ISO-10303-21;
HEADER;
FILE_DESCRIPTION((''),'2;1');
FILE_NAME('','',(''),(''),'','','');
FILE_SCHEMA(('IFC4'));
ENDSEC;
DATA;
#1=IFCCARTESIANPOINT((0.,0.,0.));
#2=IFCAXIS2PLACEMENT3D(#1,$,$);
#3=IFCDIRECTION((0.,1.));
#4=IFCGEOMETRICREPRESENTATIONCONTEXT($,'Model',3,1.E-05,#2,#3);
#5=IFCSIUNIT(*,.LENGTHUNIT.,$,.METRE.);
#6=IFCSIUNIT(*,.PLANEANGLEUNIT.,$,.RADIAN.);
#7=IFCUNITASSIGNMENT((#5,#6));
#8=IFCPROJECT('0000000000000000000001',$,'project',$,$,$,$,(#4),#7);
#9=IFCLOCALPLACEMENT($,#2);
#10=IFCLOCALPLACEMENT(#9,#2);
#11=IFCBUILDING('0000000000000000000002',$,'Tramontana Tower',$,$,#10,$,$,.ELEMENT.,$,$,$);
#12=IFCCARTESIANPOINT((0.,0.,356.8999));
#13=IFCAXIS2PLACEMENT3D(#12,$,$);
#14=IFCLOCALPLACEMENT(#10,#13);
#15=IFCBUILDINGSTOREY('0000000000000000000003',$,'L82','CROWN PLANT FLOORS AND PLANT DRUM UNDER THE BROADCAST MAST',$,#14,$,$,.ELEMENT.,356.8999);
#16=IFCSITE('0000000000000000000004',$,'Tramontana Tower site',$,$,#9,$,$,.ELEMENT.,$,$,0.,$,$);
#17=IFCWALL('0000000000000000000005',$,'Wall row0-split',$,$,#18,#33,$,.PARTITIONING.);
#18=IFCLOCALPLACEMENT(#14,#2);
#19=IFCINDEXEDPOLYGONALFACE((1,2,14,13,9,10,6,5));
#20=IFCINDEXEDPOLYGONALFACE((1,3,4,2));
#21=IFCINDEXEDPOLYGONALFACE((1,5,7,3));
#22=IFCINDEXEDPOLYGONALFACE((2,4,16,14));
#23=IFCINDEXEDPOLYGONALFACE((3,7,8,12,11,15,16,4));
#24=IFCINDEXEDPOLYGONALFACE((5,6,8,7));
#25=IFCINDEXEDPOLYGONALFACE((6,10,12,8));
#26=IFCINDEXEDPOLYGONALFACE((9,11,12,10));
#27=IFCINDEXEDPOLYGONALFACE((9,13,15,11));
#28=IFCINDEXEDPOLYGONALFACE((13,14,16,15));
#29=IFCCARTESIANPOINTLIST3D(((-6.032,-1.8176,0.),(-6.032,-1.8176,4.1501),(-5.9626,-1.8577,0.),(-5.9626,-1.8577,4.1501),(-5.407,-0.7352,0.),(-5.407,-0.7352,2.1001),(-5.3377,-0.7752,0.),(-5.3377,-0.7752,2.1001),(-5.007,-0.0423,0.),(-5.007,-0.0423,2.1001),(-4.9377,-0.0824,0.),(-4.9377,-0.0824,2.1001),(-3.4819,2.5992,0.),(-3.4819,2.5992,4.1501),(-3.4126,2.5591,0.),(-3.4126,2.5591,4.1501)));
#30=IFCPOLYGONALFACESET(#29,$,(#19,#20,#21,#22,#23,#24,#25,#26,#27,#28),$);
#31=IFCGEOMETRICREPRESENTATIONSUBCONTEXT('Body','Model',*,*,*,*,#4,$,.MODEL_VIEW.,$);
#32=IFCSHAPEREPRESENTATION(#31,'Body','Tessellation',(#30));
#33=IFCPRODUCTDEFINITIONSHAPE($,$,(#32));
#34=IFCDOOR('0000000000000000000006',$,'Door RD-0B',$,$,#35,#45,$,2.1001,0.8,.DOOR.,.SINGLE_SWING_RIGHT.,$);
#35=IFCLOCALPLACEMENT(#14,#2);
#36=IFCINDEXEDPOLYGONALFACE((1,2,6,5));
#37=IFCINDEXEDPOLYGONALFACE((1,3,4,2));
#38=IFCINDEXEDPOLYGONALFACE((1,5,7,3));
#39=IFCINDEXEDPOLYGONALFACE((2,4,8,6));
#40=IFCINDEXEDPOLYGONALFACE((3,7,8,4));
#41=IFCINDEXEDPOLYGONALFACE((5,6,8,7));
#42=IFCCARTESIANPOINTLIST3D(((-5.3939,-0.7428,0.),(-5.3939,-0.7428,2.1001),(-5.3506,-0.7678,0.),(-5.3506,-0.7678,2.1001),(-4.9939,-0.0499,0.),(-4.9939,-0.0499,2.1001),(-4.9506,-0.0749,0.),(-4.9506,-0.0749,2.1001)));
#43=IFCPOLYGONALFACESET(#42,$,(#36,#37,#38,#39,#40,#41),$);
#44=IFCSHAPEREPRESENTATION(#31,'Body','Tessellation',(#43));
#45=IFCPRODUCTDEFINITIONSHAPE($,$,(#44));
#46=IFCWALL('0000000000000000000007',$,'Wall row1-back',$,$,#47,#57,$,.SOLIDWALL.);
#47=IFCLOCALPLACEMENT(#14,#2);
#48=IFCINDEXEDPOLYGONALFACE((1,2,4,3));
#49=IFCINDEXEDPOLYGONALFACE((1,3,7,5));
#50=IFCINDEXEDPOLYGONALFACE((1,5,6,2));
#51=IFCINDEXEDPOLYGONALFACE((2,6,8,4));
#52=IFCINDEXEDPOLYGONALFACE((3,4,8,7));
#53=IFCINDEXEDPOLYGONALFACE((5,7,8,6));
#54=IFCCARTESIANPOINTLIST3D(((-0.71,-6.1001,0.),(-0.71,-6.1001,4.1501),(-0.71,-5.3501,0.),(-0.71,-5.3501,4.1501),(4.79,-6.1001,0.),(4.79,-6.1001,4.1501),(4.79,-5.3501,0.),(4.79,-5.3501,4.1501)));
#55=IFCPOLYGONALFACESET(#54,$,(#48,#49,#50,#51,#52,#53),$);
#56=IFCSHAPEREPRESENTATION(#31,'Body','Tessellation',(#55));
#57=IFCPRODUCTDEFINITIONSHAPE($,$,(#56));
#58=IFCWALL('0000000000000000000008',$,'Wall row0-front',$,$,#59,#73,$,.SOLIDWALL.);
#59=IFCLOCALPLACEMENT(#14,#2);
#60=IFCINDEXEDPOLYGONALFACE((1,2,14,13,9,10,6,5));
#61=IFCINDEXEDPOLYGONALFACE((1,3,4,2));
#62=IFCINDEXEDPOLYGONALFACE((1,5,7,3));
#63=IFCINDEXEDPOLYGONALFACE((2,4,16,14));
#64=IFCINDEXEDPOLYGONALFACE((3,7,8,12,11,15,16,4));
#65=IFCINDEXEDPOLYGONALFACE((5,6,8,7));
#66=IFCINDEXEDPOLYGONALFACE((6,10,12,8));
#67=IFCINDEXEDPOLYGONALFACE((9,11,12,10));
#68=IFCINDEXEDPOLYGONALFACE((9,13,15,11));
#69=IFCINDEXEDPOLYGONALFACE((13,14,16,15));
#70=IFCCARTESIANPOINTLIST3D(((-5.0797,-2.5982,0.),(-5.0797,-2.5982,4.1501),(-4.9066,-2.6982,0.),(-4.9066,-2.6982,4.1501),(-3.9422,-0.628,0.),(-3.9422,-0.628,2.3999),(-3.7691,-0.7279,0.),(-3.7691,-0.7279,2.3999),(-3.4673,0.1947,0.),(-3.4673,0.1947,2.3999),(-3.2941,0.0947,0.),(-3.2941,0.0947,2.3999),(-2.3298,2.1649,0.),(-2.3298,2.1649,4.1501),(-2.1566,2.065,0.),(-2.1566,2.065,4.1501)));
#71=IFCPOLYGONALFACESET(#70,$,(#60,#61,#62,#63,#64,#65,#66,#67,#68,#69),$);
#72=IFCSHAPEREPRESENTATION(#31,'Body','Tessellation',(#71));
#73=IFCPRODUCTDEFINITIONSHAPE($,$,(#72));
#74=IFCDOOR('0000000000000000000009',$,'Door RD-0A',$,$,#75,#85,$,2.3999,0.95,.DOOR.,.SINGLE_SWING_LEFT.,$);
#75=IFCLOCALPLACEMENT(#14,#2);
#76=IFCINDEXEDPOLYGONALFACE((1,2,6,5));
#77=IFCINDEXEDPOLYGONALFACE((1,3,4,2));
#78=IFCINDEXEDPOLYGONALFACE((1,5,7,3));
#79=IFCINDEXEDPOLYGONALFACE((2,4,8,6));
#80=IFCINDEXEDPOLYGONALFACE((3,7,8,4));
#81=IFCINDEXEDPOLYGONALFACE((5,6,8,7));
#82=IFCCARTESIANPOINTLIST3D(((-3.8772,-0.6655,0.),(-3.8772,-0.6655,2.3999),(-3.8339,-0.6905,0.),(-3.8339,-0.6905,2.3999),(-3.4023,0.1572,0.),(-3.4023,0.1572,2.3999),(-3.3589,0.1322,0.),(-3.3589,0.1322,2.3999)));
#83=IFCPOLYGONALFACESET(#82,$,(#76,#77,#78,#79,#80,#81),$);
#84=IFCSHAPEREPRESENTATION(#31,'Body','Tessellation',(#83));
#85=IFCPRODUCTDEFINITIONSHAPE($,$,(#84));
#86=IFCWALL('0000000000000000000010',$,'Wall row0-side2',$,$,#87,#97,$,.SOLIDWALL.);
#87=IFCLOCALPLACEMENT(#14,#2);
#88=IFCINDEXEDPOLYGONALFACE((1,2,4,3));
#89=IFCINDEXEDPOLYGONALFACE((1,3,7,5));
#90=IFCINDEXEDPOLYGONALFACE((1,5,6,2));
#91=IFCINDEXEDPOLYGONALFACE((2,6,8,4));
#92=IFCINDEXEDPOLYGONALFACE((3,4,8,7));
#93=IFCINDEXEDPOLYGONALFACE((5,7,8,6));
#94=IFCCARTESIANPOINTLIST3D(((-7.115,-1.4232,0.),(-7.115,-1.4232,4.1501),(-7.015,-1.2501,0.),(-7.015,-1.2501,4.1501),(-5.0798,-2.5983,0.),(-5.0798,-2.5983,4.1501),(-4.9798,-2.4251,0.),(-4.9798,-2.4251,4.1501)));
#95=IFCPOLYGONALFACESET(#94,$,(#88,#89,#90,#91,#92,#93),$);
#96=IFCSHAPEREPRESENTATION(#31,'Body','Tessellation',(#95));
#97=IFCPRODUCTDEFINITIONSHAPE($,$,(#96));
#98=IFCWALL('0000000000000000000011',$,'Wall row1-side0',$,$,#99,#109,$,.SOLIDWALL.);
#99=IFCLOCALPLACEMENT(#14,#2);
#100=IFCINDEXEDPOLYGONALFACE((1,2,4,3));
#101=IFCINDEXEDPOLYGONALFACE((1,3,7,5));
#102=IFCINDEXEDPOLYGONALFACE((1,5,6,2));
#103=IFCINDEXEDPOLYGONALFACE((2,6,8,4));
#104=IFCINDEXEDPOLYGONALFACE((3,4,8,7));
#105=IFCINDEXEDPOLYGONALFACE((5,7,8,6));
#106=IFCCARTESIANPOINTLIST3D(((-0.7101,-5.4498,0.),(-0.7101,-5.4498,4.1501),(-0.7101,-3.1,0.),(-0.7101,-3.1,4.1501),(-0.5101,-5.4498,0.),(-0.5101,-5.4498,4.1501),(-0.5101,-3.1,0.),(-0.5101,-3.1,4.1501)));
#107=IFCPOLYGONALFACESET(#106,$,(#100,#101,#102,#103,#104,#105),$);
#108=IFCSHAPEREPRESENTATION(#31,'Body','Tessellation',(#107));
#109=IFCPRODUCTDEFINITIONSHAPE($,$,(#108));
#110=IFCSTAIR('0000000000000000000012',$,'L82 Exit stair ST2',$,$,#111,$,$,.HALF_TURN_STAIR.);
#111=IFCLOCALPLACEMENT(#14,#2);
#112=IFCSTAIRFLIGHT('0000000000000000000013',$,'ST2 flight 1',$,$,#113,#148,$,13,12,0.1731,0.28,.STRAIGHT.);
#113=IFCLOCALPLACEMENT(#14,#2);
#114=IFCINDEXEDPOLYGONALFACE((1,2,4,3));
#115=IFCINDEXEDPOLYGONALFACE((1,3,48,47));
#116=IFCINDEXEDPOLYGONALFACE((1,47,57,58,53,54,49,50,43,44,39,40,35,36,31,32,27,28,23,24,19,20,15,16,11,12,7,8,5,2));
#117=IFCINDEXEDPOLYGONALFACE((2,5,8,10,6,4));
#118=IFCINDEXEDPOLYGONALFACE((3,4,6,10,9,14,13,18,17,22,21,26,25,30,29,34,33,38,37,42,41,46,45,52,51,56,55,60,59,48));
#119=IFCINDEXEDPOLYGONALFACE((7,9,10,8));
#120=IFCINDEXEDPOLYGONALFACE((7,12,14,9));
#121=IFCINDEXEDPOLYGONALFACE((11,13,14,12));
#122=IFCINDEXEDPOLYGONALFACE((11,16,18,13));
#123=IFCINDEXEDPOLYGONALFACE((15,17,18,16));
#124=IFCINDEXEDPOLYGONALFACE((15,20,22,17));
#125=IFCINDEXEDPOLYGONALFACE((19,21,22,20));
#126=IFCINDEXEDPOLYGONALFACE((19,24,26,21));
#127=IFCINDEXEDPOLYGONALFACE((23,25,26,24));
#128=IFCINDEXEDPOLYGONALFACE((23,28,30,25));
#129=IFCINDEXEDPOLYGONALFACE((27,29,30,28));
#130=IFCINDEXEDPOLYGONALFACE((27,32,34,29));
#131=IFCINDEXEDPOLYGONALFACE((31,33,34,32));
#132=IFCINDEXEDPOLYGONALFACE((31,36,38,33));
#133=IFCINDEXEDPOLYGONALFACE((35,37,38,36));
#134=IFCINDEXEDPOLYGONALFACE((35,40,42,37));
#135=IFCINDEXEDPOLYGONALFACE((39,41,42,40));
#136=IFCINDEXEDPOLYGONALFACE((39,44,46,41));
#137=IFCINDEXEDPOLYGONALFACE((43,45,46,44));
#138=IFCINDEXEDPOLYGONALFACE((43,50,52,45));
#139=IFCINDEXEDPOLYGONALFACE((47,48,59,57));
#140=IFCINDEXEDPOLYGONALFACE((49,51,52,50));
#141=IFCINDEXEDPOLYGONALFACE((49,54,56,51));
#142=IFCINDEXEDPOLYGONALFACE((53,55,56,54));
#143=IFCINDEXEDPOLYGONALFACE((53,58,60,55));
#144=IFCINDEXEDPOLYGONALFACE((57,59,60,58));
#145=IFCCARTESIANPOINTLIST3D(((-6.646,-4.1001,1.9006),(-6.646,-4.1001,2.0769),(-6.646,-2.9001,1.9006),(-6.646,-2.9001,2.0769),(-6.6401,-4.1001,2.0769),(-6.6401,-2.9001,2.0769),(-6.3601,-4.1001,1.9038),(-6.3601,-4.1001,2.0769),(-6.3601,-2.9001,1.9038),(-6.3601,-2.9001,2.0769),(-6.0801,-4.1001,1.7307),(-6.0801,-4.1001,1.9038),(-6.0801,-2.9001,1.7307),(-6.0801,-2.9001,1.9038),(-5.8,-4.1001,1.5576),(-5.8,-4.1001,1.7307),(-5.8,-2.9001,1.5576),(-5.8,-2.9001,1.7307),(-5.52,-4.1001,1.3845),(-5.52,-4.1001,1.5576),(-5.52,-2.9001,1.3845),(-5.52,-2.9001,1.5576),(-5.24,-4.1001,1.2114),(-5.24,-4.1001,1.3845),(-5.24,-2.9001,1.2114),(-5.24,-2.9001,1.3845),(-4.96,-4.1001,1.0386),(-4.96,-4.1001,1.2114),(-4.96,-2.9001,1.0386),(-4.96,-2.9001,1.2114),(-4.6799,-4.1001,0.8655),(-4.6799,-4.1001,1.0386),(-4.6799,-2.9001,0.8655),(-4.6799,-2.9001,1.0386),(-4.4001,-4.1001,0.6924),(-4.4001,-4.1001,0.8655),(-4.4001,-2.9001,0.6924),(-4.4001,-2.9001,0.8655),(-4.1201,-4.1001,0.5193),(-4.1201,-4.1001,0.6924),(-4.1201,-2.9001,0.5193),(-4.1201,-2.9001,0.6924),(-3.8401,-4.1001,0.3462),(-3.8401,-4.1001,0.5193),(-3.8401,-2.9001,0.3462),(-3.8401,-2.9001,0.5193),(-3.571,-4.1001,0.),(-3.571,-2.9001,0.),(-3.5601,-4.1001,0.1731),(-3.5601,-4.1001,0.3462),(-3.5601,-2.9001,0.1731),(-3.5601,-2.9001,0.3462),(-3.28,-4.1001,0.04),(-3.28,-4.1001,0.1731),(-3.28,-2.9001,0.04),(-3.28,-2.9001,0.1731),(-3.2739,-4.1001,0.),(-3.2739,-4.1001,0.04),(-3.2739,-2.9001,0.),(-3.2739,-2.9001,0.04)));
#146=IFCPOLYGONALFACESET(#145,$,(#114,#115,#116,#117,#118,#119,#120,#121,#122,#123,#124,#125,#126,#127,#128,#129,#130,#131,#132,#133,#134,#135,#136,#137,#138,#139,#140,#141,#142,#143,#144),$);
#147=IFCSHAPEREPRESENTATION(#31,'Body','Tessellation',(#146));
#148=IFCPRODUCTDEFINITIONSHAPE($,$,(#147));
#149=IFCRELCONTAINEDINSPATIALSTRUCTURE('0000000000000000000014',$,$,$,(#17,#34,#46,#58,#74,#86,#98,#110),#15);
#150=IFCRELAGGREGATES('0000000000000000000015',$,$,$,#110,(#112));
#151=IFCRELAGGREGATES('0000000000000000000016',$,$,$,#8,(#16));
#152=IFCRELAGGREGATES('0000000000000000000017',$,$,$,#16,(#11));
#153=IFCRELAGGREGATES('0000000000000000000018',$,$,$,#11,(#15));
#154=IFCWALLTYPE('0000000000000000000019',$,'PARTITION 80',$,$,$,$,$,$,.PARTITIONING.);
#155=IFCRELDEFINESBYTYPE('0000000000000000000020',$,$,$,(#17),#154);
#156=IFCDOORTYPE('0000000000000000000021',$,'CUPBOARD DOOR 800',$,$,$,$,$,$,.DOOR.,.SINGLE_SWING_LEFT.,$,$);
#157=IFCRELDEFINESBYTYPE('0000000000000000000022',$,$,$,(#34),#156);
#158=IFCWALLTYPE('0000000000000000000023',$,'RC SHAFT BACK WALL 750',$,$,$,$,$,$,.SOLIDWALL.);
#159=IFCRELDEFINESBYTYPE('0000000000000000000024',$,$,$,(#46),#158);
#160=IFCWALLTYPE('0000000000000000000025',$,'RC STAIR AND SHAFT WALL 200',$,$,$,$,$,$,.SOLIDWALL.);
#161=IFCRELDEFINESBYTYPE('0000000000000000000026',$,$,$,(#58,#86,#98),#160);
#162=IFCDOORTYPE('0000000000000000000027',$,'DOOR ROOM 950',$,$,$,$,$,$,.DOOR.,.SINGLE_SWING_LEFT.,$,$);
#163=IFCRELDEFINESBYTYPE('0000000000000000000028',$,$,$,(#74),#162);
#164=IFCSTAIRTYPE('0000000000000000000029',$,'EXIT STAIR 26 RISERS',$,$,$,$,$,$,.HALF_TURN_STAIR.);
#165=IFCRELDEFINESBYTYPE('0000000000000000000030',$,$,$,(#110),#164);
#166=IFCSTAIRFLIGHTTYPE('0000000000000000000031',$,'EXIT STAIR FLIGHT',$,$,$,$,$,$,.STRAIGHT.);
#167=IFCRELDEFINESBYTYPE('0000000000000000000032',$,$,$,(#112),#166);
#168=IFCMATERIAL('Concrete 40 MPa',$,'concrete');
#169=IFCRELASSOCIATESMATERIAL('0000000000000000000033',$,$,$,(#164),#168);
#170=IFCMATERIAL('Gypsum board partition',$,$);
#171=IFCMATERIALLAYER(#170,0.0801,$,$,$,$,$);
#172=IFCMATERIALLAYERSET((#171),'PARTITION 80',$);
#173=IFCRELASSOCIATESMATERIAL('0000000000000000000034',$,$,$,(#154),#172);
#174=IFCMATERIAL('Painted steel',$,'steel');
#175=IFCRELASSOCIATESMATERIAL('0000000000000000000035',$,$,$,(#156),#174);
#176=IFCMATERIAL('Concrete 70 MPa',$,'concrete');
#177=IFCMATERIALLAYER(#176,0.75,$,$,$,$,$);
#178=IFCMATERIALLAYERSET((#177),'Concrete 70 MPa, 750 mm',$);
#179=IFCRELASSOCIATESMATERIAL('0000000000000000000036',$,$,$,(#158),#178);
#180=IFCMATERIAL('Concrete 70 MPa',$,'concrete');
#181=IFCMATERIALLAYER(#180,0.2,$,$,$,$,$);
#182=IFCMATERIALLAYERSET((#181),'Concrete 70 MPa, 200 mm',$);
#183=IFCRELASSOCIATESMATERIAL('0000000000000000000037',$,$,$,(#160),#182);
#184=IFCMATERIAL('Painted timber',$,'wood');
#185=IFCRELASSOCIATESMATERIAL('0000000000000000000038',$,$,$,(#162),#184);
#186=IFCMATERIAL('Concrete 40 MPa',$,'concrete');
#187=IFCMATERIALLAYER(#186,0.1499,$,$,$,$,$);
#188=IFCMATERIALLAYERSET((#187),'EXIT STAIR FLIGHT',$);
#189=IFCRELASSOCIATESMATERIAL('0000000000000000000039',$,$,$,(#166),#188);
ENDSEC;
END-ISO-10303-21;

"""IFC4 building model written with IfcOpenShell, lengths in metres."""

from ifc_helpers import new_model, si_unit, direction, frame, frame_2d, origin, place, context, subcontext, project, spatial, polyline, rectangle, outline, extrude, material, layer, layer_set, type_object, element, fill, aggregate, save


model = new_model("IFC4")

# Units and contexts
model_context = context("Model", 3, precision=1e-05, world=origin(), true_north=direction((0.0, 1.0)))
body_context = subcontext(model_context, "Body", "Model", "MODEL_VIEW")
ifc_project = project(units=[si_unit("LENGTHUNIT", "METRE"), si_unit("PLANEANGLEUNIT", "RADIAN")], contexts=[model_context])

# Site, building, storey
site_placement = place(None, origin())
site = spatial("IfcSite", under=ifc_project, at=site_placement, Name="Tramontana Tower site", CompositionType="ELEMENT", RefElevation=0.0)
building_placement = place(site_placement, origin())
building = spatial("IfcBuilding", under=site, at=building_placement, Name="Tramontana Tower", CompositionType="ELEMENT")
storey_placement = place(building_placement, frame((0.0, 0.0, 356.8999)))
storey = spatial("IfcBuildingStorey", under=building, at=storey_placement, Name="L82", Description="CROWN PLANT FLOORS AND PLANT DRUM UNDER THE BROADCAST MAST", CompositionType="ELEMENT", Elevation=356.8999)

# Shared definitions
ifc_material_1 = material(Name="Concrete 40 MPa", Category="concrete")
stair_type = type_object("IfcStairType", Name="EXIT STAIR 26 RISERS", PredefinedType="HALF_TURN_STAIR", material=ifc_material_1)

# Wall, opening, door
ifc_material_2 = material(Name="Gypsum board partition")
ifc_layer_1 = layer(ifc_material_2, 0.0801)
ifc_layer_set_1 = layer_set([ifc_layer_1], Name="PARTITION 80")
wall_type_1 = type_object("IfcWallType", Name="PARTITION 80", PredefinedType="PARTITIONING", material=ifc_layer_set_1)
wall_1_placement = place(storey_placement, frame((-5.9973, -1.8376, 0.0), z_axis=(0.0, 0.0, 1.0), x_axis=(0.500006, 0.866022, 0.0)))
wall_1 = element("IfcWall", 1, at=wall_1_placement, inside=storey, type_object=wall_type_1, Name="Wall row0-split", PredefinedType="PARTITIONING", context=body_context, shape_type="SweptSolid", body=[
    extrude(rectangle(XDim=5.1001, YDim=0.0801, at=frame_2d((2.55, 0.0))), origin(), (0.0, 0.0, 1.0), 4.1501),
])
opening_1_placement = place(wall_1_placement, frame((1.25, 0.0, 0.0)))
opening_1 = element("IfcOpeningElement", 2, at=opening_1_placement, cuts=wall_1, PredefinedType="OPENING", context=body_context, shape_type="SweptSolid", body=[
    extrude(rectangle(XDim=0.8, YDim=2.1001, at=frame_2d((0.3999, 1.05))), frame((0.0, 0.05, 0.0), z_axis=(0.0, -1.0, 0.0), x_axis=(1.0, 0.0, 0.0)), (0.0, 0.0, 1.0), 0.1001),
])
ifc_material_3 = material(Name="Painted steel", Category="steel")
door_type_1 = type_object("IfcDoorType", Name="CUPBOARD DOOR 800", OperationType="SINGLE_SWING_LEFT", PredefinedType="DOOR", material=ifc_material_3)
door_1_placement = place(opening_1_placement, origin())
door_1 = element("IfcDoor", 3, at=door_1_placement, inside=storey, type_object=door_type_1, Name="Door RD-0B", OperationType="SINGLE_SWING_RIGHT", OverallHeight=2.1001, OverallWidth=0.8, PredefinedType="DOOR", context=body_context, shape_type="SweptSolid", body=[
    extrude(rectangle(XDim=0.8, YDim=2.1001, at=frame_2d((0.3999, 1.05))), frame((0.0, 0.0249, 0.0), z_axis=(0.0, -1.0, 0.0), x_axis=(1.0, 0.0, 0.0)), (0.0, 0.0, 1.0), 0.05),
])
fill(opening_1, door_1)

# Wall
ifc_material_4 = material(Name="Concrete 70 MPa", Category="concrete")
ifc_layer_2 = layer(ifc_material_4, 0.75)
ifc_layer_set_2 = layer_set([ifc_layer_2], Name="Concrete 70 MPa, 750 mm")
wall_type_2 = type_object("IfcWallType", Name="RC SHAFT BACK WALL 750", PredefinedType="SOLIDWALL", material=ifc_layer_set_2)
wall_2_placement = place(storey_placement, frame((-0.71, -5.7251, 0.0), z_axis=(0.0, 0.0, 1.0), x_axis=(1.0, 0.0, 0.0)))
element("IfcWall", 4, at=wall_2_placement, inside=storey, type_object=wall_type_2, Name="Wall row1-back", PredefinedType="SOLIDWALL", context=body_context, shape_type="SweptSolid", body=[
    extrude(rectangle(XDim=5.5, YDim=0.75, at=frame_2d((2.75, 0.0))), origin(), (0.0, 0.0, 1.0), 4.1501),
])

# Wall, opening, door
ifc_material_5 = material(Name="Concrete 70 MPa", Category="concrete")
ifc_layer_3 = layer(ifc_material_5, 0.2)
ifc_layer_set_3 = layer_set([ifc_layer_3], Name="Concrete 70 MPa, 200 mm")
wall_type_3 = type_object("IfcWallType", Name="RC STAIR AND SHAFT WALL 200", PredefinedType="SOLIDWALL", material=ifc_layer_set_3)
wall_3_placement = place(storey_placement, frame((-4.9932, -2.6482, 0.0), z_axis=(0.0, 0.0, 1.0), x_axis=(0.499997, 0.866027, 0.0)))
wall_3 = element("IfcWall", 5, at=wall_3_placement, inside=storey, type_object=wall_type_3, Name="Wall row0-front", PredefinedType="SOLIDWALL", context=body_context, shape_type="SweptSolid", body=[
    extrude(rectangle(XDim=5.5, YDim=0.2, at=frame_2d((2.75, 0.0))), origin(), (0.0, 0.0, 1.0), 4.1501),
])
opening_2_placement = place(wall_3_placement, frame((2.2749, 0.0, 0.0)))
opening_2 = element("IfcOpeningElement", 6, at=opening_2_placement, cuts=wall_3, PredefinedType="OPENING", context=body_context, shape_type="SweptSolid", body=[
    extrude(rectangle(XDim=0.95, YDim=2.3999, at=frame_2d((0.4751, 1.2))), frame((0.0, 0.1099, 0.0), z_axis=(0.0, -1.0, 0.0), x_axis=(1.0, 0.0, 0.0)), (0.0, 0.0, 1.0), 0.22),
])
ifc_material_6 = material(Name="Painted timber", Category="wood")
door_type_2 = type_object("IfcDoorType", Name="DOOR ROOM 950", OperationType="SINGLE_SWING_LEFT", PredefinedType="DOOR", material=ifc_material_6)
door_2_placement = place(opening_2_placement, origin())
door_2 = element("IfcDoor", 7, at=door_2_placement, inside=storey, type_object=door_type_2, Name="Door RD-0A", OperationType="SINGLE_SWING_LEFT", OverallHeight=2.3999, OverallWidth=0.95, PredefinedType="DOOR", context=body_context, shape_type="SweptSolid", body=[
    extrude(rectangle(XDim=0.95, YDim=2.3999, at=frame_2d((0.4751, 1.2))), frame((0.0, 0.0249, 0.0), z_axis=(0.0, -1.0, 0.0), x_axis=(1.0, 0.0, 0.0)), (0.0, 0.0, 1.0), 0.05),
])
fill(opening_2, door_2)

# Walls
wall_4_placement = place(storey_placement, frame((-5.0298, -2.5117, 0.0), z_axis=(0.0, 0.0, 1.0), x_axis=(-0.866016, 0.500016, 0.0)))
element("IfcWall", 8, at=wall_4_placement, inside=storey, type_object=wall_type_3, Name="Wall row0-side2", PredefinedType="SOLIDWALL", context=body_context, shape_type="SweptSolid", body=[
    extrude(rectangle(XDim=2.3501, YDim=0.2, at=frame_2d((1.175, 0.0))), origin(), (0.0, 0.0, 1.0), 4.1501),
])
wall_5_placement = place(storey_placement, frame((-0.6101, -3.1001, 0.0), z_axis=(0.0, 0.0, 1.0), x_axis=(0.0, -1.0, 0.0)))
element("IfcWall", 9, at=wall_5_placement, inside=storey, type_object=wall_type_3, Name="Wall row1-side0", PredefinedType="SOLIDWALL", context=body_context, shape_type="SweptSolid", body=[
    extrude(rectangle(XDim=2.3499, YDim=0.2, at=frame_2d((1.1748, 0.0))), origin(), (0.0, 0.0, 1.0), 4.1501),
])

# Stair, stair flight
stair_1_placement = place(storey_placement, origin())
stair_1 = element("IfcStair", 10, at=stair_1_placement, inside=storey, type_object=stair_type, Name="L82 Exit stair ST2", PredefinedType="HALF_TURN_STAIR")
ifc_material_7 = material(Name="Concrete 40 MPa", Category="concrete")
ifc_layer_4 = layer(ifc_material_7, 0.1499)
ifc_layer_set_4 = layer_set([ifc_layer_4], Name="EXIT STAIR FLIGHT")
stair_flight_type = type_object("IfcStairFlightType", Name="EXIT STAIR FLIGHT", PredefinedType="STRAIGHT", material=ifc_layer_set_4)
stair_flight_placement = place(storey_placement, frame((-3.28, -3.5, 0.0), z_axis=(0.0, 0.0, 1.0), x_axis=(-1.0, 0.0, 0.0)))
stair_flight = element("IfcStairFlight", 11, at=stair_flight_placement, type_object=stair_flight_type, Name="ST2 flight 1", NumberOfRisers=13, NumberOfTreads=12, PredefinedType="STRAIGHT", RiserHeight=0.1731, TreadLength=0.28, context=body_context, shape_type="SweptSolid", body=[
    extrude(outline(polyline([(-0.0061, 0.0), (-0.0061, 0.04), (0.0, 0.04), (0.0, 0.1731), (0.28, 0.1731), (0.28, 0.3462), (0.5601, 0.3462), (0.5601, 0.5193), (0.8401, 0.5193), (0.8401, 0.6924), (1.1201, 0.6924), (1.1201, 0.8655), (1.3999, 0.8655), (1.3999, 1.0386), (1.6799, 1.0386), (1.6799, 1.2114), (1.96, 1.2114), (1.96, 1.3845), (2.24, 1.3845), (2.24, 1.5576), (2.52, 1.5576), (2.52, 1.7307), (2.8, 1.7307), (2.8, 1.9038), (3.0801, 1.9038), (3.0801, 2.0769), (3.3601, 2.0769), (3.366, 2.0769), (3.366, 1.9006), (0.291, 0.0), (-0.0061, 0.0)])), frame((0.0, 0.6001, 0.0), z_axis=(0.0, -1.0, 0.0), x_axis=(1.0, 0.0, 0.0)), (0.0, 0.0, 1.0), 1.2),
])
aggregate(stair_1, [stair_flight])

save(model, "model.ifc")
